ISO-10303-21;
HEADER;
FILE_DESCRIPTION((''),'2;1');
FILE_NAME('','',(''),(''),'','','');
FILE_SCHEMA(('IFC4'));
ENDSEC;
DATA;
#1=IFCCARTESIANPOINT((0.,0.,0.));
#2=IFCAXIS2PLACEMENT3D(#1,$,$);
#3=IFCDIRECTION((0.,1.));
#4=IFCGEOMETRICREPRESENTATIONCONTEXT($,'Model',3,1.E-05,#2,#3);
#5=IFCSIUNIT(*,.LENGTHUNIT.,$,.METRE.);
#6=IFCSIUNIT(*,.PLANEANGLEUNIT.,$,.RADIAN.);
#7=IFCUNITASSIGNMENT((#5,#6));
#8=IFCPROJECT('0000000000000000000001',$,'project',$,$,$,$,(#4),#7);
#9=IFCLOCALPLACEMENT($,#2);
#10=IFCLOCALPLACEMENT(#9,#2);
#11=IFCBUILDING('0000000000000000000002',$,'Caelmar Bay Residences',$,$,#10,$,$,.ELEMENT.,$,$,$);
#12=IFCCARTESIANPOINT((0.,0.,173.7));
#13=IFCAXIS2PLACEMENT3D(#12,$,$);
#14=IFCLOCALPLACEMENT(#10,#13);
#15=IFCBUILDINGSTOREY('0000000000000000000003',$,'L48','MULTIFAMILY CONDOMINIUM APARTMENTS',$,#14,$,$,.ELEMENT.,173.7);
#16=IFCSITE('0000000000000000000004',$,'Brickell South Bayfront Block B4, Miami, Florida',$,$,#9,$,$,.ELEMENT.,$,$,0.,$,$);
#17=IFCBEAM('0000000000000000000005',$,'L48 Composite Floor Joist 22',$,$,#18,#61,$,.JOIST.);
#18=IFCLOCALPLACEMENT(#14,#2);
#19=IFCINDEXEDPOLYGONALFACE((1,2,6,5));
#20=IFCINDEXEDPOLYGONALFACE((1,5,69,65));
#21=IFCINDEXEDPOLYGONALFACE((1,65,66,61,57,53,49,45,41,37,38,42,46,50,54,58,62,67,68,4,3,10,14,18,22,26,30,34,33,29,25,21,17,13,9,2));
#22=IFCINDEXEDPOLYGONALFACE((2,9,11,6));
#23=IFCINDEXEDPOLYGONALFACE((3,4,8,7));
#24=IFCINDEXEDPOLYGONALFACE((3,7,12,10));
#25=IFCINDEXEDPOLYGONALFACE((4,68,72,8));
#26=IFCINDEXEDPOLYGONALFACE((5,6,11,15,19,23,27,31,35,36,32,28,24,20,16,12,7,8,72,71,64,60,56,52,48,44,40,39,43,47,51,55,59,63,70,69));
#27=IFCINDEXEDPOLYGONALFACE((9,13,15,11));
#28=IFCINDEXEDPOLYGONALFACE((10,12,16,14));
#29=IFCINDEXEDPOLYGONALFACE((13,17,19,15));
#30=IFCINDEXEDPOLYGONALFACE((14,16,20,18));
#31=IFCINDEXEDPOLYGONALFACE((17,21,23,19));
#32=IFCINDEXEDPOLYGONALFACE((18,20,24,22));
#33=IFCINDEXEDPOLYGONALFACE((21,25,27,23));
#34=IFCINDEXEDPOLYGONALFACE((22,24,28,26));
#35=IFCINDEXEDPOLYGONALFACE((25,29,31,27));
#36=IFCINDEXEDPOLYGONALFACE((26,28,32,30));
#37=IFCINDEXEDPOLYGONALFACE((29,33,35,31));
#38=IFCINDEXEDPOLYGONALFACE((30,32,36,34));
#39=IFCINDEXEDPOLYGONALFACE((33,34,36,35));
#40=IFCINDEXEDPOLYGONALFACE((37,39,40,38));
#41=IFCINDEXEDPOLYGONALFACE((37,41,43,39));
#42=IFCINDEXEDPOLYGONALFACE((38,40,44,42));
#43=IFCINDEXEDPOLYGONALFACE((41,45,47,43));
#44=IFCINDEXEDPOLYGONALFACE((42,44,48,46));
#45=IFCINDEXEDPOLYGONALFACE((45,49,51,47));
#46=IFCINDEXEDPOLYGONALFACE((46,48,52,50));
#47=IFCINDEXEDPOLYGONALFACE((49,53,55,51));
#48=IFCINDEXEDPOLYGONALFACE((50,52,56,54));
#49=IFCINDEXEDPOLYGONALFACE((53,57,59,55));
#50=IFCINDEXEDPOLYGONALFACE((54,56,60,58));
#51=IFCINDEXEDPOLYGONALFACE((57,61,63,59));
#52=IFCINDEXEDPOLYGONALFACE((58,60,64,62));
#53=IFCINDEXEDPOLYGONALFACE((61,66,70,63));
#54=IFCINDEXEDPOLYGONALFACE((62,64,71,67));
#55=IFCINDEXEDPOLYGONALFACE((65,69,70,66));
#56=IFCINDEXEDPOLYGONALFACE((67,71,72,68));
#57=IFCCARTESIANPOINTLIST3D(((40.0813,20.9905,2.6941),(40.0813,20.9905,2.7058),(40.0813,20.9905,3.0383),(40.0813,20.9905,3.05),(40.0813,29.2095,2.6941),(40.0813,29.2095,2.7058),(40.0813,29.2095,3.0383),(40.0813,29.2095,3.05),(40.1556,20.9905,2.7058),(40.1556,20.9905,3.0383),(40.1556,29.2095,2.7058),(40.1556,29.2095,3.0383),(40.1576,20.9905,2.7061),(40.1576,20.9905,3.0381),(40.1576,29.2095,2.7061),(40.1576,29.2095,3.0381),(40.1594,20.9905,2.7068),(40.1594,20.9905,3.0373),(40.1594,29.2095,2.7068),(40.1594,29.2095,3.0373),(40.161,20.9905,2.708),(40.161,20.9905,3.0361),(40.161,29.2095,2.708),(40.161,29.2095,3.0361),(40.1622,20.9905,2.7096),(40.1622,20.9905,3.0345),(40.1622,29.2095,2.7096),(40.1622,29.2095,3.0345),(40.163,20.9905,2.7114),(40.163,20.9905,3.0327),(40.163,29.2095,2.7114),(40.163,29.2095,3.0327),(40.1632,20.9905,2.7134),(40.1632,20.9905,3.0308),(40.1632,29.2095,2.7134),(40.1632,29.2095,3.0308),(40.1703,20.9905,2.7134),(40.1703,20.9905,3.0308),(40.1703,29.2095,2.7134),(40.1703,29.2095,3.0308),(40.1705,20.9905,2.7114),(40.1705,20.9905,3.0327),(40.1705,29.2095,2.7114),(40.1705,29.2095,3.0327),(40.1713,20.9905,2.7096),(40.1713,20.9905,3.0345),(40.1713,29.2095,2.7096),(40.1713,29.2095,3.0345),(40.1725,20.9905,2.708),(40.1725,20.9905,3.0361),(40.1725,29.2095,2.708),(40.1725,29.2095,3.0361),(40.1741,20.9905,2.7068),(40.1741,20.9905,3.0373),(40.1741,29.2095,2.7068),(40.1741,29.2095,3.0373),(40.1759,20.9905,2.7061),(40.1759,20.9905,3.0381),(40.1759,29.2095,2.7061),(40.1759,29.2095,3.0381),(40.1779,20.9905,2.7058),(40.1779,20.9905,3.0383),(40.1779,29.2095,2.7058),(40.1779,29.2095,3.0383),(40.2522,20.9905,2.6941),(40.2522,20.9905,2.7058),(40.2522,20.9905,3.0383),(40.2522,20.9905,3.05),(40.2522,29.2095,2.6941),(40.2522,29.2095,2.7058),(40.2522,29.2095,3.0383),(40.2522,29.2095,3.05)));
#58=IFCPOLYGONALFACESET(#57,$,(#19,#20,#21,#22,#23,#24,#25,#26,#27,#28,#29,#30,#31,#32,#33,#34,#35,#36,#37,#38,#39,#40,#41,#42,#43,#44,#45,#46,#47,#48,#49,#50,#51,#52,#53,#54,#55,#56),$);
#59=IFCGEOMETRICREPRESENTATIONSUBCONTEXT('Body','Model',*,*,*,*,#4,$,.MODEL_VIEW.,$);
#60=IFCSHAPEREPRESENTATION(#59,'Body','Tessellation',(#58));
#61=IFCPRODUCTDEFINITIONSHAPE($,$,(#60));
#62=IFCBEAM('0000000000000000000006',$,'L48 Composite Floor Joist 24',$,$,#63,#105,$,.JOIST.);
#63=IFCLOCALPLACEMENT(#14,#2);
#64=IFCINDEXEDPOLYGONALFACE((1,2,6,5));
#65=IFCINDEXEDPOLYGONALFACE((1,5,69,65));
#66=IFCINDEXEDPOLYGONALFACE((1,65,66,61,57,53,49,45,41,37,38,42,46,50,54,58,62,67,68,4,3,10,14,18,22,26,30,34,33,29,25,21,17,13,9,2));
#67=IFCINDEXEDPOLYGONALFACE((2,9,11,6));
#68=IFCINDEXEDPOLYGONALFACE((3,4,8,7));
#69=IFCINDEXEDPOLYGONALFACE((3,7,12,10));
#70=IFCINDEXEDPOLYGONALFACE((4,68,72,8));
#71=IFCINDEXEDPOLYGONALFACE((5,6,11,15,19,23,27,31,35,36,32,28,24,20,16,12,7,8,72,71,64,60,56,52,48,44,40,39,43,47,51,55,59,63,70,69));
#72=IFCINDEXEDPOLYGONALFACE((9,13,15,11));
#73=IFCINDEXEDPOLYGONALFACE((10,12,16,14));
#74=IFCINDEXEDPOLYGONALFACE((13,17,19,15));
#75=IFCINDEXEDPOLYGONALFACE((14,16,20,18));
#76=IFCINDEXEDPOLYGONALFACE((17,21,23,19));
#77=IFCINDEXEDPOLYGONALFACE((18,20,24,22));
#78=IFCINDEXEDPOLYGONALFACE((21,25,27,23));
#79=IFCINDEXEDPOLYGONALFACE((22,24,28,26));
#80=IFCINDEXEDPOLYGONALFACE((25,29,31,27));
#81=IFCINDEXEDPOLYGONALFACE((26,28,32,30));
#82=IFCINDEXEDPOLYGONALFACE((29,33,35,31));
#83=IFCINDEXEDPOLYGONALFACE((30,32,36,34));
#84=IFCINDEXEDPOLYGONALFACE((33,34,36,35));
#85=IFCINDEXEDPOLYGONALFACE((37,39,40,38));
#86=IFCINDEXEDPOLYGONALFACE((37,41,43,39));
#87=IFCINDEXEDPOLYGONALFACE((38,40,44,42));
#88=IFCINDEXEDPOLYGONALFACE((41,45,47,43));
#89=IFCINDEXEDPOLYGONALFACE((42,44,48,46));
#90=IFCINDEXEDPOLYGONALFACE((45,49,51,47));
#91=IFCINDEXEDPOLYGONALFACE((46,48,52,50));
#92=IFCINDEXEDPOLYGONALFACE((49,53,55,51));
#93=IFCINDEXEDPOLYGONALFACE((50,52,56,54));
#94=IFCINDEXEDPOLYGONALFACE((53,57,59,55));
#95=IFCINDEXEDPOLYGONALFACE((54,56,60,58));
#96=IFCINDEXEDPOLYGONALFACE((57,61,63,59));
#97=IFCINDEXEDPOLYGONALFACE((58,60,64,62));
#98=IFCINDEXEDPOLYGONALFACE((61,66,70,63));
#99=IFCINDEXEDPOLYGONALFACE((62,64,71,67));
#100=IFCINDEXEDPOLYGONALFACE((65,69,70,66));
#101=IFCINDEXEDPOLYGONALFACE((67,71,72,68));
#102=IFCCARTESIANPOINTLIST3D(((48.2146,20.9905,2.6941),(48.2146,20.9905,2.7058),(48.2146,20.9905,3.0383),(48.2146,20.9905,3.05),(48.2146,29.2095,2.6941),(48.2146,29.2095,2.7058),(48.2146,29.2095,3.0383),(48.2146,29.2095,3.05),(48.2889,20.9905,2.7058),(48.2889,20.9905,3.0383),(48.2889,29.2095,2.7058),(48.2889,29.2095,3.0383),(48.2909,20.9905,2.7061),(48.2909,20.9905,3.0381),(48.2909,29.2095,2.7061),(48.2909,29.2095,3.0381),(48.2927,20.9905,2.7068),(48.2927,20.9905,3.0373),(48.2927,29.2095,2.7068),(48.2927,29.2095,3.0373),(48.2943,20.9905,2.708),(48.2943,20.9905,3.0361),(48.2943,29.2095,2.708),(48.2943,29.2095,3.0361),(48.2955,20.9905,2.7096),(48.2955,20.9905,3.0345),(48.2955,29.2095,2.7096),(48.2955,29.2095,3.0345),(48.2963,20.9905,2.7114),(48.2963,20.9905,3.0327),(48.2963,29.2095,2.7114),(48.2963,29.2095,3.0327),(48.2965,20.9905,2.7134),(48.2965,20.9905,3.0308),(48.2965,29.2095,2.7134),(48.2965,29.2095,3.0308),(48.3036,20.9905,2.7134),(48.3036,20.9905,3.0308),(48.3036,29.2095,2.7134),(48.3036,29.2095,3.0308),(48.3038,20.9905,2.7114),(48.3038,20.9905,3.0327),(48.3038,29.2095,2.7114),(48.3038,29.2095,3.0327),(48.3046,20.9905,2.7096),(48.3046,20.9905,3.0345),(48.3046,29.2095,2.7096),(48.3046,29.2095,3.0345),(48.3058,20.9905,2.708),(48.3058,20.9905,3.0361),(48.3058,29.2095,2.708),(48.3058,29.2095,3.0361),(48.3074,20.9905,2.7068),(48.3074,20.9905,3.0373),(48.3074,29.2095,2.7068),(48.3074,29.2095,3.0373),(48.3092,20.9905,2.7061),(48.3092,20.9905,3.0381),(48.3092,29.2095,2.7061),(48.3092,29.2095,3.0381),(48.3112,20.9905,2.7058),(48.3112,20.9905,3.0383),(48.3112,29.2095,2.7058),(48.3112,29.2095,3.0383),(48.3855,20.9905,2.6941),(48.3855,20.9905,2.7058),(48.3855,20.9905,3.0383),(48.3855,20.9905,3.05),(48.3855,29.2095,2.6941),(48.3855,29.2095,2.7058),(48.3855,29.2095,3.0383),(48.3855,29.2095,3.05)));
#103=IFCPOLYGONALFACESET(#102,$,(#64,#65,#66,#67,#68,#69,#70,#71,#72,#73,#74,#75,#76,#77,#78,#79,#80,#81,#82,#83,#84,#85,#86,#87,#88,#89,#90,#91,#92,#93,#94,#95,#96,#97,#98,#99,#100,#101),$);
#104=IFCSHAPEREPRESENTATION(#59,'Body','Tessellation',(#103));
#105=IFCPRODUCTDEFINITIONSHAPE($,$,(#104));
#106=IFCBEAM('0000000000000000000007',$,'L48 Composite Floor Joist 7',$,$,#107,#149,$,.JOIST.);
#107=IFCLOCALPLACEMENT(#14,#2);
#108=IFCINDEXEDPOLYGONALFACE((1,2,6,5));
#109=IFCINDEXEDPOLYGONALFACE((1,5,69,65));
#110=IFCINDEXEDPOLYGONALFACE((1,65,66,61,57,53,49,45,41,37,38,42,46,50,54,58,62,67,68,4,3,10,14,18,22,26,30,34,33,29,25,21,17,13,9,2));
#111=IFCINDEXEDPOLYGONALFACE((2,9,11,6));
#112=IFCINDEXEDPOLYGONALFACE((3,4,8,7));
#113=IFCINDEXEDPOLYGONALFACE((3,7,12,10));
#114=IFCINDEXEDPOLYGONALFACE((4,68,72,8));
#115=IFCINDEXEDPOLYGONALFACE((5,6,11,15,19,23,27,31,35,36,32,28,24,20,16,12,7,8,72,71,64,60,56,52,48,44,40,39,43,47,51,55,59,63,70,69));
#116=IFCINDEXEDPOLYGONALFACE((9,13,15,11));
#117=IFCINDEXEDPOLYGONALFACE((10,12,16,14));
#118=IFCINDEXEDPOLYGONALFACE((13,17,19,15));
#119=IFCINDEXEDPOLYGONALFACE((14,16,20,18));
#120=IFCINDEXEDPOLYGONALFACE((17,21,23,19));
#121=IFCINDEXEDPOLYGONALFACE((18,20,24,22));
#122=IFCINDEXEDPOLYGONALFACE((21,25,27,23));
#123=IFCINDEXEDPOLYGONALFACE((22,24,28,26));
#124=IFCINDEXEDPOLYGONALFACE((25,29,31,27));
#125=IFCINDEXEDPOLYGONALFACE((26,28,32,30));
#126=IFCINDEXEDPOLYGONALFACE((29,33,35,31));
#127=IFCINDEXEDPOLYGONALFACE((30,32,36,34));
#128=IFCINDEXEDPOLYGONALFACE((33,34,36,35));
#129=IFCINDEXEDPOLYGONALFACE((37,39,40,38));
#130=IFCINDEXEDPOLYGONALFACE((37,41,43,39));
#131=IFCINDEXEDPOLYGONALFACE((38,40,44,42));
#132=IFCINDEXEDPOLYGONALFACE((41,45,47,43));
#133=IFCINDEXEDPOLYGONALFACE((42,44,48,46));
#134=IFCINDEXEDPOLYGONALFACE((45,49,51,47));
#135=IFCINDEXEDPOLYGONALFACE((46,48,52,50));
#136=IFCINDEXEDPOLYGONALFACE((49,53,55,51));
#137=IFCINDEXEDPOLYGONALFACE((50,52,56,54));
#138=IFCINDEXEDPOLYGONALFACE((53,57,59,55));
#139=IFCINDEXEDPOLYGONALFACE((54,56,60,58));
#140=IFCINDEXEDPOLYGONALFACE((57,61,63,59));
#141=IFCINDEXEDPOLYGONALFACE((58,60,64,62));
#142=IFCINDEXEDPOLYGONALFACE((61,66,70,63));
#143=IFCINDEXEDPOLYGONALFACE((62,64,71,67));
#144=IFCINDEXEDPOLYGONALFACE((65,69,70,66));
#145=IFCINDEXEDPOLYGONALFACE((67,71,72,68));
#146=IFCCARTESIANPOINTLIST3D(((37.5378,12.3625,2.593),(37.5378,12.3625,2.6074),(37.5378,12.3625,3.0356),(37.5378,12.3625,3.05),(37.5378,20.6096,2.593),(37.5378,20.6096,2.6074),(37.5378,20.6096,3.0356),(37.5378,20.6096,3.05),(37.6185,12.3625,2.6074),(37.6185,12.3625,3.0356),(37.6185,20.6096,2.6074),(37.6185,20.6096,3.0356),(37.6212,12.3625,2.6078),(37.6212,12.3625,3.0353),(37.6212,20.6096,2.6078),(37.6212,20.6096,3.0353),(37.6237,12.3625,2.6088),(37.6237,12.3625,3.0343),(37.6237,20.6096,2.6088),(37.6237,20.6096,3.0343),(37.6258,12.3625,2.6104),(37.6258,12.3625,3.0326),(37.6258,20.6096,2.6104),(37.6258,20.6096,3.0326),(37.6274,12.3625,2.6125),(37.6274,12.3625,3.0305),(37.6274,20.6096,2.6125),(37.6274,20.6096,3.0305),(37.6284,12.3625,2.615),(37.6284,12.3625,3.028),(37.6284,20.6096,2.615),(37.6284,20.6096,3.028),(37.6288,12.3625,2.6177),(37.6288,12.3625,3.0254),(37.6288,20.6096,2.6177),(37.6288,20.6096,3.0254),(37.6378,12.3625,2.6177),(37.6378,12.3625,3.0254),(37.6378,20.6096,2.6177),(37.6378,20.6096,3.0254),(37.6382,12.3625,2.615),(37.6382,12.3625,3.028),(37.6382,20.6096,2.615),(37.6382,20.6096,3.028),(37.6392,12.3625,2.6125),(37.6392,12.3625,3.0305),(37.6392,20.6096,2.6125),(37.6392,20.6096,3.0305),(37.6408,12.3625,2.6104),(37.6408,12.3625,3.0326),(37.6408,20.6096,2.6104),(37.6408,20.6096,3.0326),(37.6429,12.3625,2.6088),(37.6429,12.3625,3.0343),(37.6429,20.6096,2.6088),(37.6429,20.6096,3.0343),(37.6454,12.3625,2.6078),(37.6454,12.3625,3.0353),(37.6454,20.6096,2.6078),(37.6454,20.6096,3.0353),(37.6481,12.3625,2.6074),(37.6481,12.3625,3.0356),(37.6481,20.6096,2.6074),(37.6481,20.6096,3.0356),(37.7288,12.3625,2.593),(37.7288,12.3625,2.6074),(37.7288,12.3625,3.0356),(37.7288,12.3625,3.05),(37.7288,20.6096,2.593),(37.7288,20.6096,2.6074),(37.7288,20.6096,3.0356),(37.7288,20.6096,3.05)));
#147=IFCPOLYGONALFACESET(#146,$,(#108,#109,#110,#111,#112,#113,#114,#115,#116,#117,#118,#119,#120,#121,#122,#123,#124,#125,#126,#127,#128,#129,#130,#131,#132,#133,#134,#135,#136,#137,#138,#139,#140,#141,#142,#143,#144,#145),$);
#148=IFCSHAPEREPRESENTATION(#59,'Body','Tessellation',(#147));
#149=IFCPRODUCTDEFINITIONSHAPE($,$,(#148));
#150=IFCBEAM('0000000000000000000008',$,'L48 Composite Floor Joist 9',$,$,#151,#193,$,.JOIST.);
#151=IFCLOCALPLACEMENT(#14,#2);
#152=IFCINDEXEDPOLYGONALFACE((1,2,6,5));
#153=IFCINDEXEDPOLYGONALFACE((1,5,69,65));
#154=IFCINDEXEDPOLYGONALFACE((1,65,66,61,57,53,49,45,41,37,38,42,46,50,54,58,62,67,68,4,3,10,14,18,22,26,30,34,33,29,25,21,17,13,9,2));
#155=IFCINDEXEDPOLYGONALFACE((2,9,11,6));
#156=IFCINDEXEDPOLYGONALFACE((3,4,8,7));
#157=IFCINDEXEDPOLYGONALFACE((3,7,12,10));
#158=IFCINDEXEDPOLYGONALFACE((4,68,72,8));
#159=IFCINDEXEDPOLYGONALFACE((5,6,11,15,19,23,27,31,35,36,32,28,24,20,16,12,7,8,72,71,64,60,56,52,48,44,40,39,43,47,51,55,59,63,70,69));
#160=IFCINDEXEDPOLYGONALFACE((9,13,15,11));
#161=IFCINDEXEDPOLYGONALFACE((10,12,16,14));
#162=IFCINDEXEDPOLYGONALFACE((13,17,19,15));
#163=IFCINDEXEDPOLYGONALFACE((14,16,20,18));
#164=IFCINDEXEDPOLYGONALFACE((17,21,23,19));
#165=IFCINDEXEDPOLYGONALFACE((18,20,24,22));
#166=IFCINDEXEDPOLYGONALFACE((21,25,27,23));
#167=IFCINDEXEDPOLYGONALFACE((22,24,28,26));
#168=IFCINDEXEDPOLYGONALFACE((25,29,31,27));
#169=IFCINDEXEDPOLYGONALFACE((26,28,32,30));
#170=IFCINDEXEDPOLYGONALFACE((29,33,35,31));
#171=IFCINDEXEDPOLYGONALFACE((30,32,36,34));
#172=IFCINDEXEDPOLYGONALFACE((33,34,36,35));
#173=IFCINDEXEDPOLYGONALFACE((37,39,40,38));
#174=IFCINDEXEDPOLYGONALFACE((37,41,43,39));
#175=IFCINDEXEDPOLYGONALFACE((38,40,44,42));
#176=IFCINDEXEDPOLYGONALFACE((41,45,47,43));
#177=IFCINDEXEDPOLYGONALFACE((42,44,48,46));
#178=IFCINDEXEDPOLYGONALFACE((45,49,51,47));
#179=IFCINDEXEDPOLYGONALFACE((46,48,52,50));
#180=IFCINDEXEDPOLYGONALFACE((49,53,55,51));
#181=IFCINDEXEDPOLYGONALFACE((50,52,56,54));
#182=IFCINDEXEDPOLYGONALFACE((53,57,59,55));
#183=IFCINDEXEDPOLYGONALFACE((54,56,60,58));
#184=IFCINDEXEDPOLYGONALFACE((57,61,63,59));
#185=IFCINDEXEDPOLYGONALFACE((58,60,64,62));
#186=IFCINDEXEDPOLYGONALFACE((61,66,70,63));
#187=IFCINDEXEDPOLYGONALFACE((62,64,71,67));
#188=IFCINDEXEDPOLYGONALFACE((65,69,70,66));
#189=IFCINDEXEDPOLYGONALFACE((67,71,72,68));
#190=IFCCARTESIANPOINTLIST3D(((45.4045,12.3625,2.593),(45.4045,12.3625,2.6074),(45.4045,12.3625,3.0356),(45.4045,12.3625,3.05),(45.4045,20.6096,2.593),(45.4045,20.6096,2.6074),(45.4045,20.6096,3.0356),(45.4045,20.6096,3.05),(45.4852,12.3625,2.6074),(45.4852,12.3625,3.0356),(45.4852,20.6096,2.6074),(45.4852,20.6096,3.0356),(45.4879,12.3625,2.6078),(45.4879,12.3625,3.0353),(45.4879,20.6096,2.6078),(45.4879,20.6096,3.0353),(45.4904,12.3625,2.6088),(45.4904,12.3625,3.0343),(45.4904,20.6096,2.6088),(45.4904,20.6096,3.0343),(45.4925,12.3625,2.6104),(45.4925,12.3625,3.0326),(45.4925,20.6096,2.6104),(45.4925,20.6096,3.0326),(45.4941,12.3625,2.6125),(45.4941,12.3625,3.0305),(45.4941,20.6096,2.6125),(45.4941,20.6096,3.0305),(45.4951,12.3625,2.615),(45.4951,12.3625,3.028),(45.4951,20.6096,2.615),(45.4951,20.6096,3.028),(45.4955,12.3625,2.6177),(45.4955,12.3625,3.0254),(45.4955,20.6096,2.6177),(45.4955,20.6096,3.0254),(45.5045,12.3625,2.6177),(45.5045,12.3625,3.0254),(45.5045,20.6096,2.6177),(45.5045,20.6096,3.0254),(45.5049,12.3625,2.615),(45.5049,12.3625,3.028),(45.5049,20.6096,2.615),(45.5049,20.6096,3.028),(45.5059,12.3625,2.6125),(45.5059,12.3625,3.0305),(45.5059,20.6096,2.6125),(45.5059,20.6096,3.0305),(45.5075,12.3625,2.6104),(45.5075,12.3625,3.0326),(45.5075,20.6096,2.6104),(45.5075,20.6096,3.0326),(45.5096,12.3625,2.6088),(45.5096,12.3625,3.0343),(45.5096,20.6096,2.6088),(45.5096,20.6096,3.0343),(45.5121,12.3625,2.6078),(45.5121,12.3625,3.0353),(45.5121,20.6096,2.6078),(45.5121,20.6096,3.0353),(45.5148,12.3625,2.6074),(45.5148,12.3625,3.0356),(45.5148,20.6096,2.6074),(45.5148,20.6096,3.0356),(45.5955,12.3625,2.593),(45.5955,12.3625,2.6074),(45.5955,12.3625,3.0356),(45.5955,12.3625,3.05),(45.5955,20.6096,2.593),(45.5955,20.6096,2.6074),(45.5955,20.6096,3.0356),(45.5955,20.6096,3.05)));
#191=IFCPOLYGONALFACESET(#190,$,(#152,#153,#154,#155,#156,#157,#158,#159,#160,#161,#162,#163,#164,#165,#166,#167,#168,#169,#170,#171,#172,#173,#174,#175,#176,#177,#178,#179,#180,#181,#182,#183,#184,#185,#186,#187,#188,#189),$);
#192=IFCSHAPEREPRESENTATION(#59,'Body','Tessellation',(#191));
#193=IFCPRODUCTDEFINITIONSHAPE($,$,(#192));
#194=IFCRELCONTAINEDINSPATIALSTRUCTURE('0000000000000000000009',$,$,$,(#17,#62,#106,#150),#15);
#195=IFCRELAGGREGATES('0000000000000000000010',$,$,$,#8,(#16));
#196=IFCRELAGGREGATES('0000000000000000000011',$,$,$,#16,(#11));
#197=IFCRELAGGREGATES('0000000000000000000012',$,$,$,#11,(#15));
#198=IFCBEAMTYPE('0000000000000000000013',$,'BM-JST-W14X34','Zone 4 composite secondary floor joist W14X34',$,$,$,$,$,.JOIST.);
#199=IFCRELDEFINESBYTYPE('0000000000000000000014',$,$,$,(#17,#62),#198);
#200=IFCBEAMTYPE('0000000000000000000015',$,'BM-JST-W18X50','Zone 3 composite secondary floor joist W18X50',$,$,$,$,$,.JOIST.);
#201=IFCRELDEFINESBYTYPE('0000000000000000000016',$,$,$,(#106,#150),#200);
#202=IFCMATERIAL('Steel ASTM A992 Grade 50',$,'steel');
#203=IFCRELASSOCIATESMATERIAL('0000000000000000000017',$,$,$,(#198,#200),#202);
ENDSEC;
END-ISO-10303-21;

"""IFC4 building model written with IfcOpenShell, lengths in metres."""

from ifc_helpers import new_model, si_unit, direction, frame, origin, origin_2d, place, context, subcontext, project, spatial, i_section, extrude, material, material_profile, profile_set, type_object, element, save


model = new_model("IFC4")

# Units and contexts
model_context = context("Model", 3, precision=1e-05, world=origin(), true_north=direction((0.0, 1.0)))
body_context = subcontext(model_context, "Body", "Model", "MODEL_VIEW")
ifc_project = project(units=[si_unit("LENGTHUNIT", "METRE"), si_unit("PLANEANGLEUNIT", "RADIAN")], contexts=[model_context])

# Site, building, storey
site_placement = place(None, origin())
site = spatial("IfcSite", under=ifc_project, at=site_placement, Name="Brickell South Bayfront Block B4, Miami, Florida", CompositionType="ELEMENT", RefElevation=0.0)
building_placement = place(site_placement, origin())
building = spatial("IfcBuilding", under=site, at=building_placement, Name="Caelmar Bay Residences", CompositionType="ELEMENT")
storey_placement = place(building_placement, frame((0.0, 0.0, 173.7)))
storey = spatial("IfcBuildingStorey", under=building, at=storey_placement, Name="L48", Description="MULTIFAMILY CONDOMINIUM APARTMENTS", CompositionType="ELEMENT", Elevation=173.7)

# Beams
ifc_material_1 = material(Name="Steel ASTM A992 Grade 50", Category="steel")
ifc_material_profile_1 = material_profile(ifc_material_1, i_section(OverallWidth=0.1709, OverallDepth=0.356, WebThickness=0.0071, FlangeThickness=0.0117, FilletRadius=0.0076, at=origin_2d()), Name="W14X34")
ifc_profile_set_1 = profile_set([ifc_material_profile_1], Name="Steel ASTM A992 Grade 50")
beam_type_1 = type_object("IfcBeamType", Name="BM-JST-W14X34", Description="Zone 4 composite secondary floor joist W14X34", PredefinedType="JOIST", material=ifc_profile_set_1)
for number, where, z_axis, x_axis, name in (
    (1, (40.1667, 20.9905, 2.8721), (0.0, 1.0, 0.0), (-1.0, 0.0, 0.0), "L48 Composite Floor Joist 22"),
    (2, (48.3, 20.9905, 2.8721), (0.0, 1.0, 0.0), (-1.0, 0.0, 0.0), "L48 Composite Floor Joist 24"),
):
    element("IfcBeam", number, at=place(storey_placement, frame(where, z_axis=z_axis, x_axis=x_axis)), inside=storey, type_object=beam_type_1, Name=name, PredefinedType="JOIST", context=body_context, shape_type="SweptSolid", body=[
        extrude(i_section(OverallWidth=0.1709, OverallDepth=0.356, WebThickness=0.0071, FlangeThickness=0.0117, FilletRadius=0.0076, at=origin_2d()), origin(), (0.0, 0.0, 1.0), 8.219),
    ])
ifc_material_profile_2 = material_profile(ifc_material_1, i_section(OverallWidth=0.1909, OverallDepth=0.457, WebThickness=0.009, FlangeThickness=0.0144, FilletRadius=0.0103, at=origin_2d()), Name="W18X50")
ifc_profile_set_2 = profile_set([ifc_material_profile_2], Name="Steel ASTM A992 Grade 50")
beam_type_2 = type_object("IfcBeamType", Name="BM-JST-W18X50", Description="Zone 3 composite secondary floor joist W18X50", PredefinedType="JOIST", material=ifc_profile_set_2)
for number, where, z_axis, x_axis, name in (
    (3, (37.6333, 12.3625, 2.8215), (0.0, 1.0, 0.0), (-1.0, 0.0, 0.0), "L48 Composite Floor Joist 7"),
    (4, (45.5, 12.3625, 2.8215), (0.0, 1.0, 0.0), (-1.0, 0.0, 0.0), "L48 Composite Floor Joist 9"),
):
    element("IfcBeam", number, at=place(storey_placement, frame(where, z_axis=z_axis, x_axis=x_axis)), inside=storey, type_object=beam_type_2, Name=name, PredefinedType="JOIST", context=body_context, shape_type="SweptSolid", body=[
        extrude(i_section(OverallWidth=0.1909, OverallDepth=0.457, WebThickness=0.009, FlangeThickness=0.0144, FilletRadius=0.0103, at=origin_2d()), origin(), (0.0, 0.0, 1.0), 8.2471),
    ])

save(model, "model.ifc")
